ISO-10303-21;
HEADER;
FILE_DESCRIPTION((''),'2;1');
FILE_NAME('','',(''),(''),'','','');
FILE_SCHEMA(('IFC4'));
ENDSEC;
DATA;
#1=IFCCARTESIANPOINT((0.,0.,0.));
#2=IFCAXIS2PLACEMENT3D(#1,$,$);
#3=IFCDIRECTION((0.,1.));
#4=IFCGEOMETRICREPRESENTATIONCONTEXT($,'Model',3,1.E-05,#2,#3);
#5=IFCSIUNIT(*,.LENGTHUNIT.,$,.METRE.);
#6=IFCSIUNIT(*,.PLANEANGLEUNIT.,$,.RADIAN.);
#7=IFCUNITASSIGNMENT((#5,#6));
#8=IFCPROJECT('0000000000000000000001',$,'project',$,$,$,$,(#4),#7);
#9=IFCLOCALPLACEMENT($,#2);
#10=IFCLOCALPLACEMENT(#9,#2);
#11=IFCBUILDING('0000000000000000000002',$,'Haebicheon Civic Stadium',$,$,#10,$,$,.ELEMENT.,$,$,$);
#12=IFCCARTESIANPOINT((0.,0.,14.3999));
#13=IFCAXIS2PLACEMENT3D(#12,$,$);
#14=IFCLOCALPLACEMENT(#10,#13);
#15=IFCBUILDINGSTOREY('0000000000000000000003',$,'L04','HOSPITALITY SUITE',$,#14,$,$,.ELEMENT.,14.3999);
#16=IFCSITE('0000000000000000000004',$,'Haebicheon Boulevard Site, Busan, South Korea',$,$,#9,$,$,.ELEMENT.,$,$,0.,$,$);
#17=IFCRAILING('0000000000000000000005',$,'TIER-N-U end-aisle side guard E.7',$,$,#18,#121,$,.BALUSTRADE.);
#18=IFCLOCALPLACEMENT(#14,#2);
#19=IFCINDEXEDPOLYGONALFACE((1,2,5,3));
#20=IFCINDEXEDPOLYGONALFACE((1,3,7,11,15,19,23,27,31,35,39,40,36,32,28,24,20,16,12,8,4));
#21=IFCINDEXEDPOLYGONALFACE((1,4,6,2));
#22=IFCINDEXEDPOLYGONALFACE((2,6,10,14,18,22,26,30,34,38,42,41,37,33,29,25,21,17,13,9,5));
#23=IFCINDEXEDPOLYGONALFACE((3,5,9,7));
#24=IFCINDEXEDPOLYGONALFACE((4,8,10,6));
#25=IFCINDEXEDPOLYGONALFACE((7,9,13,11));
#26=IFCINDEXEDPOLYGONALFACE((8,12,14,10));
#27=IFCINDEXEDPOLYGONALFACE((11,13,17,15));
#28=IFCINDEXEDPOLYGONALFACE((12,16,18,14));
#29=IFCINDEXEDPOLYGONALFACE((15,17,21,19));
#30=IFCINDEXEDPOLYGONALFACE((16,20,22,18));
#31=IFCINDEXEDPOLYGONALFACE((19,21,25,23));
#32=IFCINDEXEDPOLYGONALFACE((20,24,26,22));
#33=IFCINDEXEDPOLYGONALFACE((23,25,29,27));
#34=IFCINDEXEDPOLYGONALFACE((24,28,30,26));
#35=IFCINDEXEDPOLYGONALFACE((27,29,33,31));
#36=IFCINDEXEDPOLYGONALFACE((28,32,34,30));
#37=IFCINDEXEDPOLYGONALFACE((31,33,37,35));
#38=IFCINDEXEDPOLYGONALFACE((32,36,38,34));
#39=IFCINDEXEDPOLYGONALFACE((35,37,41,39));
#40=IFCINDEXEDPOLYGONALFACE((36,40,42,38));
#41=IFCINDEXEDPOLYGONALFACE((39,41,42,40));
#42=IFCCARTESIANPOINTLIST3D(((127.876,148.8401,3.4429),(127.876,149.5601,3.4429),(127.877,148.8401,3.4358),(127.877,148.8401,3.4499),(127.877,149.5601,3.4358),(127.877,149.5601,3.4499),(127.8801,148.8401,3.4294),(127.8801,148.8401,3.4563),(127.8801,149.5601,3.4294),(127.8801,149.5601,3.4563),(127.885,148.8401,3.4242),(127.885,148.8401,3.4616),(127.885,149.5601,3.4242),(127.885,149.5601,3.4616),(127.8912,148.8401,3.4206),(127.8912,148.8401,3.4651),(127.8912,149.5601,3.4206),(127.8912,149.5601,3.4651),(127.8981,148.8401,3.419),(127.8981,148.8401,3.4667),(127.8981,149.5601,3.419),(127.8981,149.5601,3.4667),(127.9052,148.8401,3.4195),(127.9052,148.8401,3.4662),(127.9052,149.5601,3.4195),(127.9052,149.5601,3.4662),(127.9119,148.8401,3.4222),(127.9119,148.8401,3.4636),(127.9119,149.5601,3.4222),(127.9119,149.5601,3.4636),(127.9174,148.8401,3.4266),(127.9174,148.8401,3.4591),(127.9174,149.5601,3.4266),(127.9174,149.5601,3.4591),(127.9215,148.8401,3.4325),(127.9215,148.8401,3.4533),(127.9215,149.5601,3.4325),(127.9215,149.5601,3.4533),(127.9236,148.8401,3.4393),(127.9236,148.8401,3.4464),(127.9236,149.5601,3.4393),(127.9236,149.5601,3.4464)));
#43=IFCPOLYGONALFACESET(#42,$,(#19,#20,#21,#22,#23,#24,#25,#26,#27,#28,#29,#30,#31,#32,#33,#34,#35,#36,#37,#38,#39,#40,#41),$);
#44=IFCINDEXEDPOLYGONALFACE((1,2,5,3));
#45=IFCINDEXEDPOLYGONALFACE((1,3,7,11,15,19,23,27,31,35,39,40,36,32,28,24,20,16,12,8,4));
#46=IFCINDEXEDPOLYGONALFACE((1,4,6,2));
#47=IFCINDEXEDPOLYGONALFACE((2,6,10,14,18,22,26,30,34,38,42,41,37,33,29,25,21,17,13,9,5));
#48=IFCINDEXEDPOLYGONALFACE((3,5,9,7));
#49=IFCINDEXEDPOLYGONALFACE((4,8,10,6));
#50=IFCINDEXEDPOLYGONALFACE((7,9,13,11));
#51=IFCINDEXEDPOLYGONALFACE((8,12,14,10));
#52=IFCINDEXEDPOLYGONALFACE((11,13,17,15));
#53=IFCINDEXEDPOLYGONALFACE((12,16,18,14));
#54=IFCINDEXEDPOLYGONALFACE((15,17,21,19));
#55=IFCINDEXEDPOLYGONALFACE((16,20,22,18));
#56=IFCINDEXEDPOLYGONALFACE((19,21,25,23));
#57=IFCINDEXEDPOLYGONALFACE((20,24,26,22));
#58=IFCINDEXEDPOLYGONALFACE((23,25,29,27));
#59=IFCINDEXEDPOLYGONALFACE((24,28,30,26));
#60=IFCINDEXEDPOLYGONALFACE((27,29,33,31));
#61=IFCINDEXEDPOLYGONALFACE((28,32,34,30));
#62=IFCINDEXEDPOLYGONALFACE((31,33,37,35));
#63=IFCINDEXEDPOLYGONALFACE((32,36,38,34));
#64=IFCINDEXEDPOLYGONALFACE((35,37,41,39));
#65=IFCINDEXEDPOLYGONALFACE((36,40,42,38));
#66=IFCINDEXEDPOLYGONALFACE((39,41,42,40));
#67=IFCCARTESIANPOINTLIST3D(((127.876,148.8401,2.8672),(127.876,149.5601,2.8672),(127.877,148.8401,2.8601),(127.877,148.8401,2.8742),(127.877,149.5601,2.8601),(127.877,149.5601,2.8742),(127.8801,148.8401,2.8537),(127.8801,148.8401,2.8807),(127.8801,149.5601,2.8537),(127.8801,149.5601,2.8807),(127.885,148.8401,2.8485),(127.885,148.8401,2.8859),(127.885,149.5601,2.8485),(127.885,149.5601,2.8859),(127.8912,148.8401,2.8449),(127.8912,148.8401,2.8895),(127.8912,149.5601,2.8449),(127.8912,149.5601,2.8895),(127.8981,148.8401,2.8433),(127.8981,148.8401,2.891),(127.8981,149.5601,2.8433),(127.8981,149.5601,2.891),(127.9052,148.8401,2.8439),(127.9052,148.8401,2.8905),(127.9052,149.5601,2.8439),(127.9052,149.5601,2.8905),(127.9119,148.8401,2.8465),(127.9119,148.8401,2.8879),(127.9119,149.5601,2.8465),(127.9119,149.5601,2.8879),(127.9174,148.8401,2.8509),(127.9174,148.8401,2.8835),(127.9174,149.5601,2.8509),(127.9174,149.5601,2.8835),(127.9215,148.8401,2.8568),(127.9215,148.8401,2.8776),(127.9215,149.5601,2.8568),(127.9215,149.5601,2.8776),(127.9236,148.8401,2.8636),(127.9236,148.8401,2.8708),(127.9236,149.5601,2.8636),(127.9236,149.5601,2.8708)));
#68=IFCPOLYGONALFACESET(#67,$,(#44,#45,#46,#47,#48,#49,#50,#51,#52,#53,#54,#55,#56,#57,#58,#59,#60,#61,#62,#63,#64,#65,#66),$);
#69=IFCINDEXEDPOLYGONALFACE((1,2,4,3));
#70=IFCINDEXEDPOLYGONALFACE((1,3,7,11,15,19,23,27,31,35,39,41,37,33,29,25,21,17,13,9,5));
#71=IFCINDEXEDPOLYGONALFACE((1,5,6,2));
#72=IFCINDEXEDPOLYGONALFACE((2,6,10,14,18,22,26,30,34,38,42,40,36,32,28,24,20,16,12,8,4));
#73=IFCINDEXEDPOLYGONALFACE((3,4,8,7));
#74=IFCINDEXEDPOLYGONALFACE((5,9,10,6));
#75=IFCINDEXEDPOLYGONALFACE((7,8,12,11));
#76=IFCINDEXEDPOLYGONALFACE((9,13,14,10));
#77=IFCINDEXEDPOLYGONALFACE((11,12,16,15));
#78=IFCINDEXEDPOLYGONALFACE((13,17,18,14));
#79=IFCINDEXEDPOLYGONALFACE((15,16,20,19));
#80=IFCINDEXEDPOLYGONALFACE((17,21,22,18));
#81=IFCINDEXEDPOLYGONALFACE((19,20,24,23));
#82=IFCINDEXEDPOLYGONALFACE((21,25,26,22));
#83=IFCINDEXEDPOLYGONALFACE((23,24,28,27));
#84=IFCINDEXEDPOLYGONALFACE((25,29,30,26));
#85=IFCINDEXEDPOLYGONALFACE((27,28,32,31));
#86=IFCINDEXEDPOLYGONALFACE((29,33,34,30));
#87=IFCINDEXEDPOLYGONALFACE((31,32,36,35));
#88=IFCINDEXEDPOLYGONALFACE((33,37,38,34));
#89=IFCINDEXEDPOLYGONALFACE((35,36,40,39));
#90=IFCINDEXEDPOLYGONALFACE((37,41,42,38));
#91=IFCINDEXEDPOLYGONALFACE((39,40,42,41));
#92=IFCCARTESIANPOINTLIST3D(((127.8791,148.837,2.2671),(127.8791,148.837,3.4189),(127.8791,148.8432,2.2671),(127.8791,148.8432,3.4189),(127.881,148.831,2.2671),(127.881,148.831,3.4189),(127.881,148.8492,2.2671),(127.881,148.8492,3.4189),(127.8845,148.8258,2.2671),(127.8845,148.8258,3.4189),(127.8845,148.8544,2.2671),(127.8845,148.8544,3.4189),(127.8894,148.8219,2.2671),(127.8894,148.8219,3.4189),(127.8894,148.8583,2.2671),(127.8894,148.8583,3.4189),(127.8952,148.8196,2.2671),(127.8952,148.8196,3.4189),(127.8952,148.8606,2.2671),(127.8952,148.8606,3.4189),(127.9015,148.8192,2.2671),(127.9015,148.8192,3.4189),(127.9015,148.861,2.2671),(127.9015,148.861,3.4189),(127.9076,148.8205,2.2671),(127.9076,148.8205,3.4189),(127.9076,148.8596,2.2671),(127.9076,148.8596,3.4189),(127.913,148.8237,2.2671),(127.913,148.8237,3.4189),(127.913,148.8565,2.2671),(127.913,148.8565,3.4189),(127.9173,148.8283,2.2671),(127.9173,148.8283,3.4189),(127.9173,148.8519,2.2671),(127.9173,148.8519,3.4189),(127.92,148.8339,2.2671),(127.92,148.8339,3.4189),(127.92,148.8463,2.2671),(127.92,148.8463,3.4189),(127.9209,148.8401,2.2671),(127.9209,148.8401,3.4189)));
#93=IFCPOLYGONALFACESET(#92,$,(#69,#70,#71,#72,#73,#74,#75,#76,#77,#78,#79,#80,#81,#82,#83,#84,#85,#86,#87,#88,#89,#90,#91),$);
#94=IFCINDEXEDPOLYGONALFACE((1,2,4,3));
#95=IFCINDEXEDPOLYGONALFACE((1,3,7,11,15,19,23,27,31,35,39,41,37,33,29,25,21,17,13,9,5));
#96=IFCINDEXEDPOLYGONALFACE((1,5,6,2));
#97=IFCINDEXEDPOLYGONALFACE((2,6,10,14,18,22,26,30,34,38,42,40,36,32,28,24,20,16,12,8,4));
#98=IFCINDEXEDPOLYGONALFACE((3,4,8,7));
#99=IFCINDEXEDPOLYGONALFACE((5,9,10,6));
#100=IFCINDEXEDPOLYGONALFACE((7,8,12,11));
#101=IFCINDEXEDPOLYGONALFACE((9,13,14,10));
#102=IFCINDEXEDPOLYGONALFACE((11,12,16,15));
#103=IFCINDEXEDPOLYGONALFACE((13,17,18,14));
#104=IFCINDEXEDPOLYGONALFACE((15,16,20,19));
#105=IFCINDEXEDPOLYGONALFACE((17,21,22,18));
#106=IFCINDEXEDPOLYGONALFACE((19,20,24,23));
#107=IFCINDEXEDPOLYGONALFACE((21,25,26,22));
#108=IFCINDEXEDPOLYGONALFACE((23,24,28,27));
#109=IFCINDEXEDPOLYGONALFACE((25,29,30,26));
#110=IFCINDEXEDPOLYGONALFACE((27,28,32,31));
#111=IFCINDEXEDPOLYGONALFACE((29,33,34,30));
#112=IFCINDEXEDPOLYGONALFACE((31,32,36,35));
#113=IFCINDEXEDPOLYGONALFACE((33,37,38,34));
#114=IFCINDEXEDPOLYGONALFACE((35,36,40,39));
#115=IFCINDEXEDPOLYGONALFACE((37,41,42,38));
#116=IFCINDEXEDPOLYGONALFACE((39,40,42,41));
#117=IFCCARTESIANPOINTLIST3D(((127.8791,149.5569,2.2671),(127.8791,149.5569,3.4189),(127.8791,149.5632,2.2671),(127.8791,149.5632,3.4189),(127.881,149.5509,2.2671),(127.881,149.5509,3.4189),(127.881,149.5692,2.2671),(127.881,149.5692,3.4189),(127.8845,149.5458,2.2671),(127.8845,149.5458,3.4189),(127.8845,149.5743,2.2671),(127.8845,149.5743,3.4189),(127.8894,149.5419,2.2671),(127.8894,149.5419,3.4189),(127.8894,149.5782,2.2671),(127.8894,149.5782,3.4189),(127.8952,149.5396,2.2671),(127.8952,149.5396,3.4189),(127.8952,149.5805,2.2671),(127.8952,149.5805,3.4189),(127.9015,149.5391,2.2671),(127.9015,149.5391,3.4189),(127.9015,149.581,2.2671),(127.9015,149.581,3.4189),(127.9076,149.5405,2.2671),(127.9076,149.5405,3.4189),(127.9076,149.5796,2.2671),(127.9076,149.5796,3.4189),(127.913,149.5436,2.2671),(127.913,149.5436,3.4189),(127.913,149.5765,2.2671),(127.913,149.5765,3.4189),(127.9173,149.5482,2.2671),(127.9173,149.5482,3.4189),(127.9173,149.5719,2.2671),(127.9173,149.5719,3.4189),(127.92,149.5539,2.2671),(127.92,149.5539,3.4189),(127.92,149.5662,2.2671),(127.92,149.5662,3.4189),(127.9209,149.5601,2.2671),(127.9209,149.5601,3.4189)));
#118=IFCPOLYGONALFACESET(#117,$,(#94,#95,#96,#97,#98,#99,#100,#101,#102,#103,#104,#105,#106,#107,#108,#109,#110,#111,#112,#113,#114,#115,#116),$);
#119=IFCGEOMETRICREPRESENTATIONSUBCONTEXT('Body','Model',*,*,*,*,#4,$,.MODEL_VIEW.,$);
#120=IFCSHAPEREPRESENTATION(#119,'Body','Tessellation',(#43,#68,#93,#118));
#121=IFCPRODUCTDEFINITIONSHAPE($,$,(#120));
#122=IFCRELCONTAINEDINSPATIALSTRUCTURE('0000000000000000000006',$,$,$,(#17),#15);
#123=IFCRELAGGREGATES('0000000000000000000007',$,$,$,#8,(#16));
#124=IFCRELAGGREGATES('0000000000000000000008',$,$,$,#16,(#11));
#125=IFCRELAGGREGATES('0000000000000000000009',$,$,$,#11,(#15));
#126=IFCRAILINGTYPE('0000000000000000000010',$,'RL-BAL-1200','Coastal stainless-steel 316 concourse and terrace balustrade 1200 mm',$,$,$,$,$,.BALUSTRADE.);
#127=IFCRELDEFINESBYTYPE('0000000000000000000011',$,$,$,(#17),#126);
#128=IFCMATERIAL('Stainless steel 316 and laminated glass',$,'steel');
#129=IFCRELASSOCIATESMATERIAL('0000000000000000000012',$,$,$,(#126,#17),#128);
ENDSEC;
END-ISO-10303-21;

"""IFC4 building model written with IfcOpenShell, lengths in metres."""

from ifc_helpers import new_model, si_unit, direction, frame, origin, origin_2d, place, context, subcontext, project, spatial, circle, extrude, material, type_object, element, save


model = new_model("IFC4")

# Units and contexts
model_context = context("Model", 3, precision=1e-05, world=origin(), true_north=direction((0.0, 1.0)))
body_context = subcontext(model_context, "Body", "Model", "MODEL_VIEW")
ifc_project = project(units=[si_unit("LENGTHUNIT", "METRE"), si_unit("PLANEANGLEUNIT", "RADIAN")], contexts=[model_context])

# Site, building, storey
site_placement = place(None, origin())
site = spatial("IfcSite", under=ifc_project, at=site_placement, Name="Haebicheon Boulevard Site, Busan, South Korea", CompositionType="ELEMENT", RefElevation=0.0)
building_placement = place(site_placement, origin())
building = spatial("IfcBuilding", under=site, at=building_placement, Name="Haebicheon Civic Stadium", CompositionType="ELEMENT")
storey_placement = place(building_placement, frame((0.0, 0.0, 14.3999)))
storey = spatial("IfcBuildingStorey", under=building, at=storey_placement, Name="L04", Description="HOSPITALITY SUITE", CompositionType="ELEMENT", Elevation=14.3999)

# Railing
ifc_material_1 = material(Name="Stainless steel 316 and laminated glass", Category="steel")
railing_type = type_object("IfcRailingType", Name="RL-BAL-1200", Description="Coastal stainless-steel 316 concourse and terrace balustrade 1200 mm", PredefinedType="BALUSTRADE", material=ifc_material_1)
for number, where, name in (
    (1, (127.8999, 148.8401, 2.2671), "TIER-N-U end-aisle side guard E.7"),
):
    element("IfcRailing", number, at=place(storey_placement, frame(where)), inside=storey, type_object=railing_type, material=ifc_material_1, Name=name, PredefinedType="BALUSTRADE", context=body_context, shape_type="SweptSolid", body=[
        extrude(circle(Radius=0.0239, at=origin_2d()), frame((0.0, 0.0, 1.1758), z_axis=(0.0, 1.0, 0.0), x_axis=(-1.0, 0.0, 0.0)), (0.0, 0.0, 1.0), 0.72),
        extrude(circle(Radius=0.0239, at=origin_2d()), frame((0.0, 0.0, 0.6001), z_axis=(0.0, 1.0, 0.0), x_axis=(-1.0, 0.0, 0.0)), (0.0, 0.0, 1.0), 0.72),
        extrude(circle(Radius=0.021, at=origin_2d()), origin(), (0.0, 0.0, 1.0), 1.1519),
        extrude(circle(Radius=0.021, at=origin_2d()), frame((0.0, 0.72, 0.0)), (0.0, 0.0, 1.0), 1.1519),
    ])

save(model, "model.ifc")
